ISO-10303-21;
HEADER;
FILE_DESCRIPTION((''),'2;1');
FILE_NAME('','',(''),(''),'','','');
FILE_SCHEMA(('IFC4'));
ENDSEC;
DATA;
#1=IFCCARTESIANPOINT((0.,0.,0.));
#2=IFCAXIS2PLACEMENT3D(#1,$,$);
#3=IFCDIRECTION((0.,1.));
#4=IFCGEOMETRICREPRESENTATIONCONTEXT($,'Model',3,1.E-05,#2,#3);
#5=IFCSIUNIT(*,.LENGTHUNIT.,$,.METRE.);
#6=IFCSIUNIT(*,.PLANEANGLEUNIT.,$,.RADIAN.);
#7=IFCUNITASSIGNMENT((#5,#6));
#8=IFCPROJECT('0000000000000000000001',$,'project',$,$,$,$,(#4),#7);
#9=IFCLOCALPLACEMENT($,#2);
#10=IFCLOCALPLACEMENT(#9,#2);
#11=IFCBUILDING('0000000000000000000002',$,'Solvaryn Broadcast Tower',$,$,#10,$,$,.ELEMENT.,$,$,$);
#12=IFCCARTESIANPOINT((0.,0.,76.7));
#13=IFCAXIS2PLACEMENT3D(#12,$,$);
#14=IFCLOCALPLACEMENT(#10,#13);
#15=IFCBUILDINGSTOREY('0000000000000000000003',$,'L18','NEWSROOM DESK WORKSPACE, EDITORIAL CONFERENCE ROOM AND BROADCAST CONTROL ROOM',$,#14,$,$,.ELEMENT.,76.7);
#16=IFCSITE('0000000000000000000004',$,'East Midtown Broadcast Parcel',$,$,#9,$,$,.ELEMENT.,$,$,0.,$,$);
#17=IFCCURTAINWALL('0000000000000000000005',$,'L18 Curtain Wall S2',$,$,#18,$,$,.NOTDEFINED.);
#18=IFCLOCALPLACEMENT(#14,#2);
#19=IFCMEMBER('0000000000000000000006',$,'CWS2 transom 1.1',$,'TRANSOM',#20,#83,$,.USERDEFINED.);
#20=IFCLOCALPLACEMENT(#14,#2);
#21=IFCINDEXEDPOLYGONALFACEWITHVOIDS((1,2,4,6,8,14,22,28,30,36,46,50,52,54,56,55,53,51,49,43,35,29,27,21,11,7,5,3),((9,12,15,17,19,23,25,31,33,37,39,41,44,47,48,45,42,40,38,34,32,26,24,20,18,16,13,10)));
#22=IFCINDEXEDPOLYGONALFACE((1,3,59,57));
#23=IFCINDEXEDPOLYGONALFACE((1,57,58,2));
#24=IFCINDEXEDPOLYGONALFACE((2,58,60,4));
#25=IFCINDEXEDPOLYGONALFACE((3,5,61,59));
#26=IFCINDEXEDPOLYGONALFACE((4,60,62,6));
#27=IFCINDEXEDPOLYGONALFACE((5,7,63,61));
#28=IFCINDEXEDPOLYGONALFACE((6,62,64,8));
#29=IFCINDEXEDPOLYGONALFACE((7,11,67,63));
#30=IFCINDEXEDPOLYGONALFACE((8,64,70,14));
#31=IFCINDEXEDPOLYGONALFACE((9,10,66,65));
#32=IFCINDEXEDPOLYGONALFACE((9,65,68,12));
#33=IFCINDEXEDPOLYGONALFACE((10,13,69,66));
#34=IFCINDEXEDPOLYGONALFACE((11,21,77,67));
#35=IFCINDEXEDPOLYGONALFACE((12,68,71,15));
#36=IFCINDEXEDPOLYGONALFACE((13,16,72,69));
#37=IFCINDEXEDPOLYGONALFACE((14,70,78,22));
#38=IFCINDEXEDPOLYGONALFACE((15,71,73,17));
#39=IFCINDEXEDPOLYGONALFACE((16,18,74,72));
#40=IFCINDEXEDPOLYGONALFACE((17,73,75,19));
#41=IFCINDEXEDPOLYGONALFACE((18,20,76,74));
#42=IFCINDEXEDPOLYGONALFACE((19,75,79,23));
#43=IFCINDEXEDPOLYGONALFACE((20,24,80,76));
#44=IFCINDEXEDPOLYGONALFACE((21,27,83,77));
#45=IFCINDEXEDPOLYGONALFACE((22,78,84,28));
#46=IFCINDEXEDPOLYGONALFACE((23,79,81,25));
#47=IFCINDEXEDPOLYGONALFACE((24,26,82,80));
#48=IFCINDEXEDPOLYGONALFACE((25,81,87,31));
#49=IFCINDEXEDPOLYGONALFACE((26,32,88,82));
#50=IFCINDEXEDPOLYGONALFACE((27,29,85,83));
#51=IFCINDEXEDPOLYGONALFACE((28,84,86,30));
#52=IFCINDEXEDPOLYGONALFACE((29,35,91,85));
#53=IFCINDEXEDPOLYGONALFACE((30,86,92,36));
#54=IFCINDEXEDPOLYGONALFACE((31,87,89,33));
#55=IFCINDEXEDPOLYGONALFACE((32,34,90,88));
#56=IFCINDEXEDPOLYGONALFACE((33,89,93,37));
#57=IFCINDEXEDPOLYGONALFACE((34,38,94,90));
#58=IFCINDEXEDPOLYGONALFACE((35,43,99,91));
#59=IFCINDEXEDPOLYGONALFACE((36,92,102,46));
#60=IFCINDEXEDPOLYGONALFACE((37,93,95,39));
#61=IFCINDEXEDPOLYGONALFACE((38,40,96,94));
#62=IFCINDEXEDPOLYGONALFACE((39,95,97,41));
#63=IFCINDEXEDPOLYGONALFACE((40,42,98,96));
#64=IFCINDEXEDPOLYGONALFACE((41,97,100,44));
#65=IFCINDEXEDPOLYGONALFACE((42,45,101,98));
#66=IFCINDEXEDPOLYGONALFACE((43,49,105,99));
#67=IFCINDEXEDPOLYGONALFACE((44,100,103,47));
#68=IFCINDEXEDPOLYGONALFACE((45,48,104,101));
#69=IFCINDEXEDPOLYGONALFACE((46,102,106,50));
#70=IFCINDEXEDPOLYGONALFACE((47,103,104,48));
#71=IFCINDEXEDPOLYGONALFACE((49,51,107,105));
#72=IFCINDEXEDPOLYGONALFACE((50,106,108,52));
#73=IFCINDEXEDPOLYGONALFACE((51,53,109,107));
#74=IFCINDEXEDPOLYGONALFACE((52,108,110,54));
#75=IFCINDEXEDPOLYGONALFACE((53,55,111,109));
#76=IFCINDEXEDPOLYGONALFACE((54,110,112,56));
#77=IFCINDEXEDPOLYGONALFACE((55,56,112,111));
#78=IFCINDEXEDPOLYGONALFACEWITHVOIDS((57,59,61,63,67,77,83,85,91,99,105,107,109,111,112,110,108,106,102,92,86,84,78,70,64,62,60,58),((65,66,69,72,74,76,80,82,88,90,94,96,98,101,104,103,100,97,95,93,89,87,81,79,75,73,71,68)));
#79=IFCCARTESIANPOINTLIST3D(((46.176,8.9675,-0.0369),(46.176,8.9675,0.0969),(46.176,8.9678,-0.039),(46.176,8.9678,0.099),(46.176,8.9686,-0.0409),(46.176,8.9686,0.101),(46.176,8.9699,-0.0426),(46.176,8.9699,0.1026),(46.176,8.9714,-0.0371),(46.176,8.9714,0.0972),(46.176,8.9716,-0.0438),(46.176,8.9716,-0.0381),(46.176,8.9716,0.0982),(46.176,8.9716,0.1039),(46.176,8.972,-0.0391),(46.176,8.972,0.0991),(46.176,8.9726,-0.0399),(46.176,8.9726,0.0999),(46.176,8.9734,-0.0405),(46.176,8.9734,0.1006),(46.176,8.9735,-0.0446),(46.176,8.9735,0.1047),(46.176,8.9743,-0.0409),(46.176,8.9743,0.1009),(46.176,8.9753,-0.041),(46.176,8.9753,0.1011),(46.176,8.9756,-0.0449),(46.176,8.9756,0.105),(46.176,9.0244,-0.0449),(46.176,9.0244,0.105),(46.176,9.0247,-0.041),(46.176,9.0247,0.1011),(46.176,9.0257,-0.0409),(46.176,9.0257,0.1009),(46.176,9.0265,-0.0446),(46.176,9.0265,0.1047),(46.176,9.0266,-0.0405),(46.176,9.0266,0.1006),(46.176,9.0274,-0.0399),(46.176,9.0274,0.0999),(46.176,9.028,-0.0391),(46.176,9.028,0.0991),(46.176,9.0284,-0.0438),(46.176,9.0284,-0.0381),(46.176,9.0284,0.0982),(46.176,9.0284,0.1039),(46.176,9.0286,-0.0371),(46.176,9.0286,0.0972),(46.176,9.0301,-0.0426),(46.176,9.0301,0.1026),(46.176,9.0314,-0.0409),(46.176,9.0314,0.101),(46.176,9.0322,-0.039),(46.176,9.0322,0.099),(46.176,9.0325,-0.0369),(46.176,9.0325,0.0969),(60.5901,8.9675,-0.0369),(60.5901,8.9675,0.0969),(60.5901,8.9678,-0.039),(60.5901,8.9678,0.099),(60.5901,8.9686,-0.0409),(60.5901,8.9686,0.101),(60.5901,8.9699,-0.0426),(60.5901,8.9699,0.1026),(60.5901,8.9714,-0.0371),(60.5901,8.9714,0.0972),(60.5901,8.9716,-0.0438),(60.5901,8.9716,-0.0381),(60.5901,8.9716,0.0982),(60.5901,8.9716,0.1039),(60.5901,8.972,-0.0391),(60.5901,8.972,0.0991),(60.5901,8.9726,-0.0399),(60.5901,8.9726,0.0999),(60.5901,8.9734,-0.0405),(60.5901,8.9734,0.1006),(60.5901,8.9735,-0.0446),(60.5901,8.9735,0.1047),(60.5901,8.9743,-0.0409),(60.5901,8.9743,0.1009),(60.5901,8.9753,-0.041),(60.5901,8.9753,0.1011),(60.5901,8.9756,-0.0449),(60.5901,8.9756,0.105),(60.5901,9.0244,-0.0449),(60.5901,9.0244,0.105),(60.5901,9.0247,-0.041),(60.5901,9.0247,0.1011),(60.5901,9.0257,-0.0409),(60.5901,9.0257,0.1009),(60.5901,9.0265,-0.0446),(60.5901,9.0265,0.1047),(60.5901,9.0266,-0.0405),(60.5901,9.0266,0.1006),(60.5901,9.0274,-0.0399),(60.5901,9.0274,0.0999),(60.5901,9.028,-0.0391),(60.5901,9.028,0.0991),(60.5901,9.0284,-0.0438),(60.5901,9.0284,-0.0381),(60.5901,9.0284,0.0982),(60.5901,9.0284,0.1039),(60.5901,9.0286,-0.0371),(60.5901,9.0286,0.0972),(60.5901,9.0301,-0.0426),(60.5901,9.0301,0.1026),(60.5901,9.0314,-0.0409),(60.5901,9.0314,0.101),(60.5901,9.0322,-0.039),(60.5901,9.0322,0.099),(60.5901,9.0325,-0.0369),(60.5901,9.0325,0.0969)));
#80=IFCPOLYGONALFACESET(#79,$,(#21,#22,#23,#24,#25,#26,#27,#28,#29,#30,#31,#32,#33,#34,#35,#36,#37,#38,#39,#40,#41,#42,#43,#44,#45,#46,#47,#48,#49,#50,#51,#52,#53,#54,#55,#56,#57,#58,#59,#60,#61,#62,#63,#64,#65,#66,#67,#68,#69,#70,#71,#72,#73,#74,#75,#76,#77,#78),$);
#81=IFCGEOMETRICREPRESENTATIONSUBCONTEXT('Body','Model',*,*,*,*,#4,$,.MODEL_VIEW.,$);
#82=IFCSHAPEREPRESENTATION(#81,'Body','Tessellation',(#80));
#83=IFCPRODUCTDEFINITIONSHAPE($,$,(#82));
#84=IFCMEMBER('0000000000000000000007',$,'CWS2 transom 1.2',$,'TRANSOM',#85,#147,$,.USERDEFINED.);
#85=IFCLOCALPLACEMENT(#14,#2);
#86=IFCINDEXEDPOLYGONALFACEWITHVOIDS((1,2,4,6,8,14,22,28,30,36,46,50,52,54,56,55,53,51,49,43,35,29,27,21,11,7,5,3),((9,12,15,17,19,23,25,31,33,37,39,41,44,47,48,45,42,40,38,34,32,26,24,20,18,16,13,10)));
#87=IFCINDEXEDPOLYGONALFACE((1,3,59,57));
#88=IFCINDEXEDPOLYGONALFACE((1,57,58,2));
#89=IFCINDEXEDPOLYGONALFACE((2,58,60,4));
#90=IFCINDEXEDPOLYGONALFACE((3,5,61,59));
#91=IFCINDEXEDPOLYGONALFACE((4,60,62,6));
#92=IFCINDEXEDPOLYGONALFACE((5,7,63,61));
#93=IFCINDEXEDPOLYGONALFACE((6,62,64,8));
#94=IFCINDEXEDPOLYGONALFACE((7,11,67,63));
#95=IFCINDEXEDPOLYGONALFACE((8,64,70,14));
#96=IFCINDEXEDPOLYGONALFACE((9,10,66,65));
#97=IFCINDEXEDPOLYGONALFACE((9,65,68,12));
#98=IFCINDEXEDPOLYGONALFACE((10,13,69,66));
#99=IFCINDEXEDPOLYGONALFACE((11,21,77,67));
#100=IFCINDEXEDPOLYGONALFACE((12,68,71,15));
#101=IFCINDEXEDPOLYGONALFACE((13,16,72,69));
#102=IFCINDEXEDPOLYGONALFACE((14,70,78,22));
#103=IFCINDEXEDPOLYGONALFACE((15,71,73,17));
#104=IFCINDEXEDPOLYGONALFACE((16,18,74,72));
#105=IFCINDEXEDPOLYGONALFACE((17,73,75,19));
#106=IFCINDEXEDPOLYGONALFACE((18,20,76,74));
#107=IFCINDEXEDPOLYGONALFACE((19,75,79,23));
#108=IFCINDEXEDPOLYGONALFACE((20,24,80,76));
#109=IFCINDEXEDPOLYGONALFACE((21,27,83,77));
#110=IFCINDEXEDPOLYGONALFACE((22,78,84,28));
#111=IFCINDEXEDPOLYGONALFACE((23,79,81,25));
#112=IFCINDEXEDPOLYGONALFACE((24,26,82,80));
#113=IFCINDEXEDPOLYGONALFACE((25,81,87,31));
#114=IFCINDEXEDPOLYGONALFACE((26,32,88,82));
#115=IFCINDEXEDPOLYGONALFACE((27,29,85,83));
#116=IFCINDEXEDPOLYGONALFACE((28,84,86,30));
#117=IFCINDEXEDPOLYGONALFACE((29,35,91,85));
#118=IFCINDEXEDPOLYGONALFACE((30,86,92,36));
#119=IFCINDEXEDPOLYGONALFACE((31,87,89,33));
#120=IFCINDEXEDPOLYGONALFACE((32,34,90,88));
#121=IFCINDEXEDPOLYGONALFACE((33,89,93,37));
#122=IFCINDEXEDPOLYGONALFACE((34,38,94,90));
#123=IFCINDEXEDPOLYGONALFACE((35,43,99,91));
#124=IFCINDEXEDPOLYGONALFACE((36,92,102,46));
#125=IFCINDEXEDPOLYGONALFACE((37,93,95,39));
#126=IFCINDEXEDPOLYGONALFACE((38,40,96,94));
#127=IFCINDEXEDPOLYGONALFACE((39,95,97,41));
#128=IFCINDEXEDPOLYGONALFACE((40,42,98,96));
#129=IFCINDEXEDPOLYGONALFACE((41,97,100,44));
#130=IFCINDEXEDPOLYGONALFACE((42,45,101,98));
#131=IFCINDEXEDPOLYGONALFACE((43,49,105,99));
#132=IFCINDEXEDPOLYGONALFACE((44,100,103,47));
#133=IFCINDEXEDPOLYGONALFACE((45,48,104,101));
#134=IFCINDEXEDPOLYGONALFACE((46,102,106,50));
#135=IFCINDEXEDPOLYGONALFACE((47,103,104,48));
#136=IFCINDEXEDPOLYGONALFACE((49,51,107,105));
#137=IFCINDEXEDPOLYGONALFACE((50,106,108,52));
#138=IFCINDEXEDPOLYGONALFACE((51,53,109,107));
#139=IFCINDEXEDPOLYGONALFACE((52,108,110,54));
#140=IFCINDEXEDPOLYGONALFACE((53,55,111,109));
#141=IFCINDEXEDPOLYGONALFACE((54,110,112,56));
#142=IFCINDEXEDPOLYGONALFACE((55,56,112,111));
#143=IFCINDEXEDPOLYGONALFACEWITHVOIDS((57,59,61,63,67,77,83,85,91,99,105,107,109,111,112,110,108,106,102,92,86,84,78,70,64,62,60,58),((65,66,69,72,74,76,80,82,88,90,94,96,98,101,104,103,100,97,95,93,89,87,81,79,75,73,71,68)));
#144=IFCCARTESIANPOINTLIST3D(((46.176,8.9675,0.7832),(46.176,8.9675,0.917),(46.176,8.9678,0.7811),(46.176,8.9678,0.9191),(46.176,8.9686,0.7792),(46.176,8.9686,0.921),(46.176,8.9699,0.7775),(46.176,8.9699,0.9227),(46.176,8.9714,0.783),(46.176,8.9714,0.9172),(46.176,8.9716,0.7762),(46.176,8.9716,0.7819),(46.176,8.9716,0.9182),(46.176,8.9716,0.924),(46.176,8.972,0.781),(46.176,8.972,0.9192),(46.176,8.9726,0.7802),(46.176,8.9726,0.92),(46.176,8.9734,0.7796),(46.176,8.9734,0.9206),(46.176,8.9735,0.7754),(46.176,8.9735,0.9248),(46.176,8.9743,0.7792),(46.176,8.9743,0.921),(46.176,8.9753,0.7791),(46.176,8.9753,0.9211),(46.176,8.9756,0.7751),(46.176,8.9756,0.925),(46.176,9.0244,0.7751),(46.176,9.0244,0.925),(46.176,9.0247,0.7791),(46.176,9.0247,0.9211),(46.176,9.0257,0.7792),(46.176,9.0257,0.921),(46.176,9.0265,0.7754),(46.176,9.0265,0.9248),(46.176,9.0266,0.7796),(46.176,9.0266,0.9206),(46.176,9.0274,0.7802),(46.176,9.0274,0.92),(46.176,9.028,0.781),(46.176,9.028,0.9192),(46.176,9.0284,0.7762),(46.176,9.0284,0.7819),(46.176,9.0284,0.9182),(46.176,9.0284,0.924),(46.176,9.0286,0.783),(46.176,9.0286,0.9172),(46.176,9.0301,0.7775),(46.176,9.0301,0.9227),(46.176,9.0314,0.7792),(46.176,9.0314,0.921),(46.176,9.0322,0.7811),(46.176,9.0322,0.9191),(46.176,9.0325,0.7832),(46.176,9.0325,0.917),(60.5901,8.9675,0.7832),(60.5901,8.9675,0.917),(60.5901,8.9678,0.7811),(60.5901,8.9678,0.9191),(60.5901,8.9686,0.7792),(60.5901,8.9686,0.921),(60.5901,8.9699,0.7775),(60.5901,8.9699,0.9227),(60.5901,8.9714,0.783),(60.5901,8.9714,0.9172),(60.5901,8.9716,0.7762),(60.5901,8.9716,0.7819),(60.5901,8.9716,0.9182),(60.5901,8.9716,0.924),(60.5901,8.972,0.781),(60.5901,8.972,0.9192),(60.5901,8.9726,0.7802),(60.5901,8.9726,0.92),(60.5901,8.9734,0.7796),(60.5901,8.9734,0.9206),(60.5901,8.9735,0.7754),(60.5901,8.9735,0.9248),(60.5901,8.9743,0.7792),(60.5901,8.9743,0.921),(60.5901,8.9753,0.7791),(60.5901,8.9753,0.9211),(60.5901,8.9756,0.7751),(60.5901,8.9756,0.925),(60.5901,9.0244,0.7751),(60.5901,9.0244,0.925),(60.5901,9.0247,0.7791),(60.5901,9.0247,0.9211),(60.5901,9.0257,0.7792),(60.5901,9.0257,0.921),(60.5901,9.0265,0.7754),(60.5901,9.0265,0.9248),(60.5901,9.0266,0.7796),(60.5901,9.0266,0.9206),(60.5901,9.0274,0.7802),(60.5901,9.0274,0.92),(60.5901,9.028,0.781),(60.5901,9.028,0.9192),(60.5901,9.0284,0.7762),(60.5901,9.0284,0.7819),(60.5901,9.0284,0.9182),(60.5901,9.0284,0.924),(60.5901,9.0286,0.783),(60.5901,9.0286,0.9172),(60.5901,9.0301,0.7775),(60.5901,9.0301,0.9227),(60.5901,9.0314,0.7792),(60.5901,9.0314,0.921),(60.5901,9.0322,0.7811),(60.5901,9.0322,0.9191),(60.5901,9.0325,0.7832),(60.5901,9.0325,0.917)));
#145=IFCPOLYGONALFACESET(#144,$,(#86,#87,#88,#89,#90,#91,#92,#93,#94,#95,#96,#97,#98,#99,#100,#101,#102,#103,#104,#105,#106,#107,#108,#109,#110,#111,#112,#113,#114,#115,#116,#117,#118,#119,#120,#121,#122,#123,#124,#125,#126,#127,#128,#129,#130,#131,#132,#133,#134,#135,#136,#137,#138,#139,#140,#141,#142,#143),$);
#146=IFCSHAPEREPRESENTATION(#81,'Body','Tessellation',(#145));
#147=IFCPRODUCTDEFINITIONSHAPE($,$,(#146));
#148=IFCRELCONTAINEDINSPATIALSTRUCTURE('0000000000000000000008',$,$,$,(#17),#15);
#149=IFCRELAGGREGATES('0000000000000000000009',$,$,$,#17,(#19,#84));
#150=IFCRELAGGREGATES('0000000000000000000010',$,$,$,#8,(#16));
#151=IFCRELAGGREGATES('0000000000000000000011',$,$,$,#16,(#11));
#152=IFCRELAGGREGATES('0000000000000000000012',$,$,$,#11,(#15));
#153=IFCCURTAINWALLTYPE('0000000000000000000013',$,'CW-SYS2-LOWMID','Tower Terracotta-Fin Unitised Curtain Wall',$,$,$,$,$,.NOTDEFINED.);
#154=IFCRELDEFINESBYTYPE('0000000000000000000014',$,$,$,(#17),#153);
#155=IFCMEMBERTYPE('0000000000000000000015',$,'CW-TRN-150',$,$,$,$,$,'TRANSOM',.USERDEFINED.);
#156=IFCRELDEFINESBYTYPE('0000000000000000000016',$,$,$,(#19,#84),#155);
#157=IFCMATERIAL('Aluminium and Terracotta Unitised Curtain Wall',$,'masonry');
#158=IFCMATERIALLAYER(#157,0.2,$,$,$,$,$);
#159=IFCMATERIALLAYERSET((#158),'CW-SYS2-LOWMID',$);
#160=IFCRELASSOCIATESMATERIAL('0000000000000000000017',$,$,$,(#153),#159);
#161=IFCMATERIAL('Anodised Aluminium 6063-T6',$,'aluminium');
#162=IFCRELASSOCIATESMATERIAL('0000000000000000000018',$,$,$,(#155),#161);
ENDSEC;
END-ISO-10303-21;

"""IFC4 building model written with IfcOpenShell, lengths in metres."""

from ifc_helpers import new_model, si_unit, direction, frame, origin, origin_2d, place, context, subcontext, project, spatial, hollow_rectangle, extrude, material, layer, layer_set, material_profile, profile_set, type_object, element, aggregate, save


model = new_model("IFC4")

# Units and contexts
model_context = context("Model", 3, precision=1e-05, world=origin(), true_north=direction((0.0, 1.0)))
body_context = subcontext(model_context, "Body", "Model", "MODEL_VIEW")
ifc_project = project(units=[si_unit("LENGTHUNIT", "METRE"), si_unit("PLANEANGLEUNIT", "RADIAN")], contexts=[model_context])

# Site, building, storey
site_placement = place(None, origin())
site = spatial("IfcSite", under=ifc_project, at=site_placement, Name="East Midtown Broadcast Parcel", CompositionType="ELEMENT", RefElevation=0.0)
building_placement = place(site_placement, origin())
building = spatial("IfcBuilding", under=site, at=building_placement, Name="Solvaryn Broadcast Tower", CompositionType="ELEMENT")
storey_placement = place(building_placement, frame((0.0, 0.0, 76.7)))
storey = spatial("IfcBuildingStorey", under=building, at=storey_placement, Name="L18", Description="NEWSROOM DESK WORKSPACE, EDITORIAL CONFERENCE ROOM AND BROADCAST CONTROL ROOM", CompositionType="ELEMENT", Elevation=76.7)

# Shared definitions
ifc_material_1 = material(Name="Aluminium and Terracotta Unitised Curtain Wall", Category="masonry")
ifc_layer_1 = layer(ifc_material_1, 0.2)
ifc_layer_set_1 = layer_set([ifc_layer_1], Name="CW-SYS2-LOWMID")
curtain_wall_type = type_object("IfcCurtainWallType", Name="CW-SYS2-LOWMID", Description="Tower Terracotta-Fin Unitised Curtain Wall", PredefinedType="NOTDEFINED", material=ifc_layer_set_1)

# Curtain wall, members
curtain_wall_1_placement = place(storey_placement, origin())
curtain_wall_1 = element("IfcCurtainWall", 1, at=curtain_wall_1_placement, inside=storey, type_object=curtain_wall_type, Name="L18 Curtain Wall S2", PredefinedType="NOTDEFINED")
ifc_material_2 = material(Name="Anodised Aluminium 6063-T6", Category="aluminium")
ifc_material_profile_1 = material_profile(ifc_material_2, hollow_rectangle(XDim=0.0649, YDim=0.1499, WallThickness=0.0039, InnerFilletRadius=0.0039, OuterFilletRadius=0.0081, at=origin_2d()))
ifc_profile_set_1 = profile_set([ifc_material_profile_1], Name="Anodised Aluminium 6063-T6")
member_type_1 = type_object("IfcMemberType", Name="CW-TRN-150", ElementType="TRANSOM", PredefinedType="USERDEFINED", material=ifc_profile_set_1)
member_1_placement = place(storey_placement, frame((46.176, 9.0, 0.03), z_axis=(1.0, 0.0, 0.0), x_axis=(0.0, 1.0, 0.0)))
member_1 = element("IfcMember", 2, at=member_1_placement, type_object=member_type_1, Name="CWS2 transom 1.1", ObjectType="TRANSOM", PredefinedType="USERDEFINED", context=body_context, shape_type="SweptSolid", body=[
    extrude(hollow_rectangle(XDim=0.0649, YDim=0.1499, WallThickness=0.0039, InnerFilletRadius=0.0039, OuterFilletRadius=0.0081, at=origin_2d()), origin(), (0.0, 0.0, 1.0), 14.4141),
])
member_2_placement = place(storey_placement, frame((46.176, 9.0, 0.8501), z_axis=(1.0, 0.0, 0.0), x_axis=(0.0, 1.0, 0.0)))
member_2 = element("IfcMember", 3, at=member_2_placement, type_object=member_type_1, Name="CWS2 transom 1.2", ObjectType="TRANSOM", PredefinedType="USERDEFINED", context=body_context, shape_type="SweptSolid", body=[
    extrude(hollow_rectangle(XDim=0.0649, YDim=0.1499, WallThickness=0.0039, InnerFilletRadius=0.0039, OuterFilletRadius=0.0081, at=origin_2d()), origin(), (0.0, 0.0, 1.0), 14.4141),
])
aggregate(curtain_wall_1, [member_1, member_2])

save(model, "model.ifc")
